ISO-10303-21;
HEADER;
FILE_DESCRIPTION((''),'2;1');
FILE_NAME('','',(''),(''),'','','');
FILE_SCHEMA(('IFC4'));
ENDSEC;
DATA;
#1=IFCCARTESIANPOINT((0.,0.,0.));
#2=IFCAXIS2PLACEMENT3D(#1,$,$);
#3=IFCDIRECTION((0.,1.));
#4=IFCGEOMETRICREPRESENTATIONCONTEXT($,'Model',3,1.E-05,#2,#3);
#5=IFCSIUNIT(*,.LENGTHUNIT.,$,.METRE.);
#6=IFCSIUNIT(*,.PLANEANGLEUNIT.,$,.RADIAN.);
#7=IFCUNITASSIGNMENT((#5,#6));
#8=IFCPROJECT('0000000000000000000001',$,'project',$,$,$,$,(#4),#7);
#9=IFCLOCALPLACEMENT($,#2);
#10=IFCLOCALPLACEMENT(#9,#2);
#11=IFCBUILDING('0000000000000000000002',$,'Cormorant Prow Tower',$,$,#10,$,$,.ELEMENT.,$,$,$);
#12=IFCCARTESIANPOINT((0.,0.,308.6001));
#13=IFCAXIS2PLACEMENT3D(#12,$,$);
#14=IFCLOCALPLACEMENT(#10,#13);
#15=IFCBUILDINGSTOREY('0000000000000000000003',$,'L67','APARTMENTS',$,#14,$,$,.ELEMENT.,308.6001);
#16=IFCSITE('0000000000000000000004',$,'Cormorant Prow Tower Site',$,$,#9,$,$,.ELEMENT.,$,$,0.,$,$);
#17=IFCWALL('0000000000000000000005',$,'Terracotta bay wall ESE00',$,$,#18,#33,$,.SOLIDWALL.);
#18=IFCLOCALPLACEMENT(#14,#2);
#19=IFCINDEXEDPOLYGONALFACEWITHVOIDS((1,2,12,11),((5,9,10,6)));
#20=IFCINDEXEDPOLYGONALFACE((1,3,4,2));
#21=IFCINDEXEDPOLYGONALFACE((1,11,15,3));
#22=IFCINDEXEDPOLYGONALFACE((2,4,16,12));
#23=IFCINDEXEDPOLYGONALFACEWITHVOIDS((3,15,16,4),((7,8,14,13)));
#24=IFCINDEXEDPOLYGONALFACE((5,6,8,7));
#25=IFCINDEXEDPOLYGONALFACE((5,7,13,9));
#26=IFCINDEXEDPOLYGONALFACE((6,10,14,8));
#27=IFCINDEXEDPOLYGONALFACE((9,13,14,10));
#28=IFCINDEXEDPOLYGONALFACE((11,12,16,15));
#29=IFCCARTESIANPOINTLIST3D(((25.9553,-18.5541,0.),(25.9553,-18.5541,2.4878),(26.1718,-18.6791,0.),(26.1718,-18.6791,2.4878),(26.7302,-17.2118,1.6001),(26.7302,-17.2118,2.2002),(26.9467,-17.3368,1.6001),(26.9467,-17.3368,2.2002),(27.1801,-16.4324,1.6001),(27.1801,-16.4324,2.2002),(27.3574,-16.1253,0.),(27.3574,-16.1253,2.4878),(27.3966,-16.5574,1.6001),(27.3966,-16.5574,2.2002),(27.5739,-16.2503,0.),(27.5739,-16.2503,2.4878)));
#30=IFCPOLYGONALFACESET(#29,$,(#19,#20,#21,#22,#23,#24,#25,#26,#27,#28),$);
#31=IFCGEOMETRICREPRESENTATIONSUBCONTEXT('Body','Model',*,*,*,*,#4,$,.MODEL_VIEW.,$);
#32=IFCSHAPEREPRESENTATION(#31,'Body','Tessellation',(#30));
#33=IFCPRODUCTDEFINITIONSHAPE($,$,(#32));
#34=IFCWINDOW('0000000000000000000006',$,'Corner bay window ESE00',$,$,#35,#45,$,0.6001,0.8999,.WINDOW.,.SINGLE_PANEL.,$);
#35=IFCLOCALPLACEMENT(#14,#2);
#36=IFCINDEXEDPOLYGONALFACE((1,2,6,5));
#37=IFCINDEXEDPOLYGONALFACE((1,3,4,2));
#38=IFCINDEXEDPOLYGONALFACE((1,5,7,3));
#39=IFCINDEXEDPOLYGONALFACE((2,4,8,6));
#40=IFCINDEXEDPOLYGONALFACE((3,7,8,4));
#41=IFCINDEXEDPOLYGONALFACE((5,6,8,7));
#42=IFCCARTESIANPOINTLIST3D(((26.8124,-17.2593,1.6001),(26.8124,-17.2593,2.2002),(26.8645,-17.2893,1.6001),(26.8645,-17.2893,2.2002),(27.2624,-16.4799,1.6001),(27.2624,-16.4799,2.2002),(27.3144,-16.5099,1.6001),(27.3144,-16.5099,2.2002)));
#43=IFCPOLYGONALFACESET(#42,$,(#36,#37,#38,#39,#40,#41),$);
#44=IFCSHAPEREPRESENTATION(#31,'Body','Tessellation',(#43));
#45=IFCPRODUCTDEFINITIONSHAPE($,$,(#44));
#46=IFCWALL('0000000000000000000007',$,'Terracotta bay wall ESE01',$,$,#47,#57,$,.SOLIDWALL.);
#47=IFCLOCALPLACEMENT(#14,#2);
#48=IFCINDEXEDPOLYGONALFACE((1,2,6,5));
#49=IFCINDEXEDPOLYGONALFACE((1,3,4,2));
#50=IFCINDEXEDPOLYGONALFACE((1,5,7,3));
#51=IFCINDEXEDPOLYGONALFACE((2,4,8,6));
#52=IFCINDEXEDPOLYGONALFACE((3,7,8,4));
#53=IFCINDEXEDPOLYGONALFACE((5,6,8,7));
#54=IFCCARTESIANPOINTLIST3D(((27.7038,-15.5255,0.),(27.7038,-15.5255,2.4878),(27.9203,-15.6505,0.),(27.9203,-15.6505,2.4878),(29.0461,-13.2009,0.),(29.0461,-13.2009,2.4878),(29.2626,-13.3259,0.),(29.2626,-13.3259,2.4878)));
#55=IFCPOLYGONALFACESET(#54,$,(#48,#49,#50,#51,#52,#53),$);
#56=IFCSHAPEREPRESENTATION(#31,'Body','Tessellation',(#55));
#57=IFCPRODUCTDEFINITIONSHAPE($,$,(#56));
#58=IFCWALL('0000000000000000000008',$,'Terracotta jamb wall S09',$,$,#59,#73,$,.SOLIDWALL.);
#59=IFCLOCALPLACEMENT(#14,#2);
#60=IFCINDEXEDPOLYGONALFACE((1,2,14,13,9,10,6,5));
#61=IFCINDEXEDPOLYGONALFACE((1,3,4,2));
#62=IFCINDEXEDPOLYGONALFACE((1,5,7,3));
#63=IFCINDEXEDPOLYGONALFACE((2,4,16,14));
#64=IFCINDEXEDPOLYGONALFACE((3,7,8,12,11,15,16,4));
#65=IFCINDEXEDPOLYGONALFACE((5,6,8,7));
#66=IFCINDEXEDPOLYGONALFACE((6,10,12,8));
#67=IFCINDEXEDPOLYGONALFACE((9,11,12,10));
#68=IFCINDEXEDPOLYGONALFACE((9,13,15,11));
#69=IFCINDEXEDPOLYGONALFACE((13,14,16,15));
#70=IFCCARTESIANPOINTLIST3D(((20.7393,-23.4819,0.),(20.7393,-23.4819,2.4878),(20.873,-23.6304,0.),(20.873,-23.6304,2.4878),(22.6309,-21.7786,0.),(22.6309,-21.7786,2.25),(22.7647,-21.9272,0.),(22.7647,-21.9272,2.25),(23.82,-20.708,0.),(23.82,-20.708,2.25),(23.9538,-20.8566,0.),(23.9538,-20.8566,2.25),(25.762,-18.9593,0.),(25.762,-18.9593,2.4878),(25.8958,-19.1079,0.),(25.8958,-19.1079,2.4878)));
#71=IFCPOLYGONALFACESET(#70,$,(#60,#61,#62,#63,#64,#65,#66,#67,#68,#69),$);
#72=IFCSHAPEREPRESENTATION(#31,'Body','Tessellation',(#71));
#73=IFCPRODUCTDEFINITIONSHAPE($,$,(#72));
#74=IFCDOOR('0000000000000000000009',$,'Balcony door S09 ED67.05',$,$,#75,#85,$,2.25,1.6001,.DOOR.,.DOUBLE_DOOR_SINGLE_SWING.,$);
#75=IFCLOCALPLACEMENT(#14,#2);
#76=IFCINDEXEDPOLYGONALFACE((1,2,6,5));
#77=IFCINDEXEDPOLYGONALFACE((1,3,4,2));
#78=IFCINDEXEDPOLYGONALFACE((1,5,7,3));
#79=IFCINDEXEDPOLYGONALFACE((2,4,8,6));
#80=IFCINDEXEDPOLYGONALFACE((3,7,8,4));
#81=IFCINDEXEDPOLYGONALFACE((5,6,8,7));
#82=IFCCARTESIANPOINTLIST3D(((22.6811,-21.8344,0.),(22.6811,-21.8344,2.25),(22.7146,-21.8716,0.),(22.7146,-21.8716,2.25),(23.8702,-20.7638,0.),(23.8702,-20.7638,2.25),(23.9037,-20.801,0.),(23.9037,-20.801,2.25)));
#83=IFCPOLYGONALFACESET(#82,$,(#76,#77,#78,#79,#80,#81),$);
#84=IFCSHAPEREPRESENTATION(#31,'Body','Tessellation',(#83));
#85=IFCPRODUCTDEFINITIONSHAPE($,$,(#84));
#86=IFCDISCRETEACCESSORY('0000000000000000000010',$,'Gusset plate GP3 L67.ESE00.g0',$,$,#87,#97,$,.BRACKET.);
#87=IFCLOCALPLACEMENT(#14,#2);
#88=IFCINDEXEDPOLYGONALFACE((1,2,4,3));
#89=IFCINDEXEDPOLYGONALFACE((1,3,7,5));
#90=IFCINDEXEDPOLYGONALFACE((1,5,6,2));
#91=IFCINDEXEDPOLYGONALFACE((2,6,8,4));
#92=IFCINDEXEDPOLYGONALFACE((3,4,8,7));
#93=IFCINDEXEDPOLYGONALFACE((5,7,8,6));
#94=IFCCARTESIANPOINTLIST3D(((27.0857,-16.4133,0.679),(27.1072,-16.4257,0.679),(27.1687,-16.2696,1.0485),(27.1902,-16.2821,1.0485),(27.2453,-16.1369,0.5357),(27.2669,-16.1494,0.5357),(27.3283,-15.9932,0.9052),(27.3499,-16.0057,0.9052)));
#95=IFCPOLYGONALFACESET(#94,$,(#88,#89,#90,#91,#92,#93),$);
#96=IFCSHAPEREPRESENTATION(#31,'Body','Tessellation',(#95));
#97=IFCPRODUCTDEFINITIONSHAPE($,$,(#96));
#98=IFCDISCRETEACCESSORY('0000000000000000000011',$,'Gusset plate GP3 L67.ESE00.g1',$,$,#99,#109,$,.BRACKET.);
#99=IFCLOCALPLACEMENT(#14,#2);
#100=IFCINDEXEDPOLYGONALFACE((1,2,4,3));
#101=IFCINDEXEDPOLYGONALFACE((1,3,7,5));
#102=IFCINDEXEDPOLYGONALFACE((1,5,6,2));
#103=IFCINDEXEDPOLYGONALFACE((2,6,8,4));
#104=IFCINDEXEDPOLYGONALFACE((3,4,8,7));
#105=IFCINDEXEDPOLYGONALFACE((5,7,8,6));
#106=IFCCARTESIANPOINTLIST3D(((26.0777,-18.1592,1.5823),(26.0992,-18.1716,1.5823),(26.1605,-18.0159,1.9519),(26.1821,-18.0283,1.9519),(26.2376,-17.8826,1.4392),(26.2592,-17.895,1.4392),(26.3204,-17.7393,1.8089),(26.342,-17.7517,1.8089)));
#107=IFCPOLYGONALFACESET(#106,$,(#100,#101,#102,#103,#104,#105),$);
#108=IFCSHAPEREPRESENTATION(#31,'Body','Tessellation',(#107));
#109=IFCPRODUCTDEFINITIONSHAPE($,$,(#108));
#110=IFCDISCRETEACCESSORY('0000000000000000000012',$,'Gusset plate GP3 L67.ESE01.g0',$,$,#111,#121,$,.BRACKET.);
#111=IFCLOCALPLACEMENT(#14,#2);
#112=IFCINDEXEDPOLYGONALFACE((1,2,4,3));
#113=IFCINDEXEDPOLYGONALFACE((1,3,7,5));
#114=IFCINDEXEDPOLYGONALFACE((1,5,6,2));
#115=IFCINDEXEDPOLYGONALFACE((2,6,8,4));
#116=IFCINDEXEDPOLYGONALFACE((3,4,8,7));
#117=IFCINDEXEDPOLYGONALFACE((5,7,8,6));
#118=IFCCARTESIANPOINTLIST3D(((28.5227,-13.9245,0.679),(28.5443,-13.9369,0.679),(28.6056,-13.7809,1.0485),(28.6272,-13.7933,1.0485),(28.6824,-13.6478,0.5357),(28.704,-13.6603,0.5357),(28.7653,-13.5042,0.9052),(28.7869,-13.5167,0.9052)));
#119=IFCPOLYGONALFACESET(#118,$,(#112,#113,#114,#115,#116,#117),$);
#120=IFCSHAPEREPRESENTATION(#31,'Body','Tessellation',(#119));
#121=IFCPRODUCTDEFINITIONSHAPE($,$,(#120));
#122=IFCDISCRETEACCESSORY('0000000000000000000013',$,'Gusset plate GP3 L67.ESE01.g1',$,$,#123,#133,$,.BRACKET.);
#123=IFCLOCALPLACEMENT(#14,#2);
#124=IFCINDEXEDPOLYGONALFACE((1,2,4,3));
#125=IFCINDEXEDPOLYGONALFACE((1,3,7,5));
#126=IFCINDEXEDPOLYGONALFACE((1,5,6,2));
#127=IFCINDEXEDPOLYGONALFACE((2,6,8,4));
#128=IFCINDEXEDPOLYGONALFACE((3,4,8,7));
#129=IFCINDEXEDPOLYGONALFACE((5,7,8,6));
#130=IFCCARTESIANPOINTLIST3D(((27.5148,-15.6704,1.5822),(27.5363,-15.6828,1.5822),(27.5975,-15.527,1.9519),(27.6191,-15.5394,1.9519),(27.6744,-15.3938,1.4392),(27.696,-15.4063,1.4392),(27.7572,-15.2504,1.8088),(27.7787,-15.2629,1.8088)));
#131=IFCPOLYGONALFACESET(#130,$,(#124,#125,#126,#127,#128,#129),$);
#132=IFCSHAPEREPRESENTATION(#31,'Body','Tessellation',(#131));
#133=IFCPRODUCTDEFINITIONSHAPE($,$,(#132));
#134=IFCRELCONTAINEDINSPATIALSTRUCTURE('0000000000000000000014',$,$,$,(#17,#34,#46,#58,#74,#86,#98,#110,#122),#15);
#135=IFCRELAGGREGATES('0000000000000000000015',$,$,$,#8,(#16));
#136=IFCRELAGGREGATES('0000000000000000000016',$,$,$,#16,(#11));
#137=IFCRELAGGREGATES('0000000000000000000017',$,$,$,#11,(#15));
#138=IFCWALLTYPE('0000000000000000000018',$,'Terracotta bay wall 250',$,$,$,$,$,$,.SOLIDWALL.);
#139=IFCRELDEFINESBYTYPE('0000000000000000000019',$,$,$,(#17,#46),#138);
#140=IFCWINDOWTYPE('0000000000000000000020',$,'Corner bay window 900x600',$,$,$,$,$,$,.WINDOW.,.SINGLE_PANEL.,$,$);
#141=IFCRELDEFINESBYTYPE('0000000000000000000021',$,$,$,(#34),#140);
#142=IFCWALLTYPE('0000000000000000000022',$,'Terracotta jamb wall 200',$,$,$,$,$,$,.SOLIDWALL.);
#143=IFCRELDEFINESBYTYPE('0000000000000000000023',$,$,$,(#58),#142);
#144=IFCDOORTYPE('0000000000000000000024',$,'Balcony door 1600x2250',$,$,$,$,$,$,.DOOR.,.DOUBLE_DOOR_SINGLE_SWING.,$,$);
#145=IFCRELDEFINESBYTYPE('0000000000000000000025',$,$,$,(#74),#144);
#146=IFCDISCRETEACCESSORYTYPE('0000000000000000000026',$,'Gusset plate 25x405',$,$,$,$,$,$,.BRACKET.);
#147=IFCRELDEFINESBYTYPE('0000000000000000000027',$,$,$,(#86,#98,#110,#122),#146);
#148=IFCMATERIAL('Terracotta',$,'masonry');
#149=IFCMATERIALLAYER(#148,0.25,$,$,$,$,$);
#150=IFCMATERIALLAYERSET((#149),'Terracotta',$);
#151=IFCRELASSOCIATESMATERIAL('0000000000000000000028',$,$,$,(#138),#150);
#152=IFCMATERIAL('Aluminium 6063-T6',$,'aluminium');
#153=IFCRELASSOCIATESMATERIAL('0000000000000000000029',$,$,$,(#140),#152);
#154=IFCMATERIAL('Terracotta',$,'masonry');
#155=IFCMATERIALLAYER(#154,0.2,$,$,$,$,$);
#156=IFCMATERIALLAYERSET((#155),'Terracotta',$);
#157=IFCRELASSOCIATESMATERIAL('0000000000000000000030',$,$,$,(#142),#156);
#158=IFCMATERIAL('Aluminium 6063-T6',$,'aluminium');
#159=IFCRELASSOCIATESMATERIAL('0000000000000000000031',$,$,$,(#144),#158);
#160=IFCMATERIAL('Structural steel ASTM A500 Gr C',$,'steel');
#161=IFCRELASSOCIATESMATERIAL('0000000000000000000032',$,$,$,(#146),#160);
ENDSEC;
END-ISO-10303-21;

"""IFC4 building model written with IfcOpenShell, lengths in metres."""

from ifc_helpers import new_model, si_unit, direction, frame, frame_2d, origin, origin_2d, place, context, subcontext, project, spatial, rectangle, extrude, material, layer, layer_set, material_profile, profile_set, type_object, element, fill, save


model = new_model("IFC4")

# Units and contexts
model_context = context("Model", 3, precision=1e-05, world=origin(), true_north=direction((0.0, 1.0)))
body_context = subcontext(model_context, "Body", "Model", "MODEL_VIEW")
ifc_project = project(units=[si_unit("LENGTHUNIT", "METRE"), si_unit("PLANEANGLEUNIT", "RADIAN")], contexts=[model_context])

# Site, building, storey
site_placement = place(None, origin())
site = spatial("IfcSite", under=ifc_project, at=site_placement, Name="Cormorant Prow Tower Site", CompositionType="ELEMENT", RefElevation=0.0)
building_placement = place(site_placement, origin())
building = spatial("IfcBuilding", under=site, at=building_placement, Name="Cormorant Prow Tower", CompositionType="ELEMENT")
storey_placement = place(building_placement, frame((0.0, 0.0, 308.6001)))
storey = spatial("IfcBuildingStorey", under=building, at=storey_placement, Name="L67", Description="APARTMENTS", CompositionType="ELEMENT", Elevation=308.6001)

# Wall, opening, window
ifc_material_1 = material(Name="Terracotta", Category="masonry")
ifc_layer_1 = layer(ifc_material_1, 0.25)
ifc_layer_set_1 = layer_set([ifc_layer_1], Name="Terracotta")
wall_type_1 = type_object("IfcWallType", Name="Terracotta bay wall 250", PredefinedType="SOLIDWALL", material=ifc_layer_set_1)
wall_1_placement = place(storey_placement, frame((26.0635, -18.6167, 0.0), z_axis=(0.0, 0.0, 1.0), x_axis=(0.499969, 0.866044, 0.0)))
wall_1 = element("IfcWall", 1, at=wall_1_placement, inside=storey, type_object=wall_type_1, Name="Terracotta bay wall ESE00", PredefinedType="SOLIDWALL", context=body_context, shape_type="SweptSolid", body=[
    extrude(rectangle(XDim=2.8044, YDim=0.25, at=frame_2d((1.4023, 0.0))), origin(), (0.0, 0.0, 1.0), 2.4878),
])
opening_1_placement = place(wall_1_placement, frame((1.55, 0.0, 1.6001)))
opening_1 = element("IfcOpeningElement", 2, at=opening_1_placement, cuts=wall_1, PredefinedType="OPENING", context=body_context, shape_type="SweptSolid", body=[
    extrude(rectangle(XDim=0.8999, YDim=0.6001, at=frame_2d((0.45, 0.3))), frame((0.0, 0.135, 0.0), z_axis=(0.0, -1.0, 0.0), x_axis=(1.0, 0.0, 0.0)), (0.0, 0.0, 1.0), 0.27),
])
ifc_material_2 = material(Name="Aluminium 6063-T6", Category="aluminium")
window_type = type_object("IfcWindowType", Name="Corner bay window 900x600", PartitioningType="SINGLE_PANEL", PredefinedType="WINDOW", material=ifc_material_2)
window_placement = place(opening_1_placement, origin())
window = element("IfcWindow", 3, at=window_placement, inside=storey, type_object=window_type, Name="Corner bay window ESE00", OverallHeight=0.6001, OverallWidth=0.8999, PartitioningType="SINGLE_PANEL", PredefinedType="WINDOW", context=body_context, shape_type="SweptSolid", body=[
    extrude(rectangle(XDim=0.8999, YDim=0.6001, at=frame_2d((0.45, 0.3))), frame((0.0, 0.03, 0.0), z_axis=(0.0, -1.0, 0.0), x_axis=(1.0, 0.0, 0.0)), (0.0, 0.0, 1.0), 0.0601),
])
fill(opening_1, window)

# Wall
wall_2_placement = place(storey_placement, frame((27.812, -15.5881, 0.0), z_axis=(0.0, 0.0, 1.0), x_axis=(0.500032, 0.866007, 0.0)))
element("IfcWall", 4, at=wall_2_placement, inside=storey, type_object=wall_type_1, Name="Terracotta bay wall ESE01", PredefinedType="SOLIDWALL", context=body_context, shape_type="SweptSolid", body=[
    extrude(rectangle(XDim=2.6843, YDim=0.25, at=frame_2d((1.3423, 0.0))), origin(), (0.0, 0.0, 1.0), 2.4878),
])

# Wall, opening, door
ifc_material_3 = material(Name="Terracotta", Category="masonry")
ifc_layer_2 = layer(ifc_material_3, 0.2)
ifc_layer_set_2 = layer_set([ifc_layer_2], Name="Terracotta")
wall_type_2 = type_object("IfcWallType", Name="Terracotta jamb wall 200", PredefinedType="SOLIDWALL", material=ifc_layer_set_2)
wall_3_placement = place(storey_placement, frame((20.8062, -23.5562, 0.0), z_axis=(0.0, 0.0, 1.0), x_axis=(0.743145, 0.66913, 0.0)))
wall_3 = element("IfcWall", 5, at=wall_3_placement, inside=storey, type_object=wall_type_2, Name="Terracotta jamb wall S09", PredefinedType="SOLIDWALL", context=body_context, shape_type="SweptSolid", body=[
    extrude(rectangle(XDim=6.7588, YDim=0.2, at=frame_2d((3.3794, 0.0))), origin(), (0.0, 0.0, 1.0), 2.4878),
])
opening_2_placement = place(wall_3_placement, frame((2.5454, 0.0, 0.0)))
opening_2 = element("IfcOpeningElement", 6, at=opening_2_placement, cuts=wall_3, PredefinedType="OPENING", context=body_context, shape_type="SweptSolid", body=[
    extrude(rectangle(XDim=1.6001, YDim=2.25, at=frame_2d((0.8, 1.125))), frame((0.0, 0.1099, 0.0), z_axis=(0.0, -1.0, 0.0), x_axis=(1.0, 0.0, 0.0)), (0.0, 0.0, 1.0), 0.22),
])
ifc_material_4 = material(Name="Aluminium 6063-T6", Category="aluminium")
door_type_1 = type_object("IfcDoorType", Name="Balcony door 1600x2250", OperationType="DOUBLE_DOOR_SINGLE_SWING", PredefinedType="DOOR", material=ifc_material_4)
door_1_placement = place(opening_2_placement, origin())
door_1 = element("IfcDoor", 7, at=door_1_placement, inside=storey, type_object=door_type_1, Name="Balcony door S09 ED67.05", OperationType="DOUBLE_DOOR_SINGLE_SWING", OverallHeight=2.25, OverallWidth=1.6001, PredefinedType="DOOR", context=body_context, shape_type="SweptSolid", body=[
    extrude(rectangle(XDim=1.6001, YDim=2.25, at=frame_2d((0.8, 1.125))), frame((0.0, 0.0249, 0.0), z_axis=(0.0, -1.0, 0.0), x_axis=(1.0, 0.0, 0.0)), (0.0, 0.0, 1.0), 0.05),
])
fill(opening_2, door_1)

# Discrete accessories
ifc_material_5 = material(Name="Structural steel ASTM A500 Gr C", Category="steel")
ifc_material_profile_1 = material_profile(ifc_material_5, rectangle(XDim=0.0249, YDim=0.405, at=origin_2d()), Name="Gusset plate 25x405")
ifc_profile_set_1 = profile_set([ifc_material_profile_1], Name="Structural steel ASTM A500 Gr C")
discrete_accessory_type = type_object("IfcDiscreteAccessoryType", Name="Gusset plate 25x405", PredefinedType="BRACKET", material=ifc_profile_set_1)
discrete_accessory_1_placement = place(storey_placement, frame((27.1379, -16.3477, 0.8638), z_axis=(0.456361, 0.789909, -0.409608), x_axis=(-0.86588, 0.500252, 0.0)))
element("IfcDiscreteAccessory", 8, at=discrete_accessory_1_placement, inside=storey, type_object=discrete_accessory_type, Name="Gusset plate GP3 L67.ESE00.g0", PredefinedType="BRACKET", context=body_context, shape_type="SweptSolid", body=[
    extrude(rectangle(XDim=0.0249, YDim=0.405, at=origin_2d()), origin(), (0.0, 0.0, 1.0), 0.3499),
])
for number, where, z_axis, x_axis, name in (
    (9, (26.2898, -17.8171, 1.624), (-0.456792, -0.790145, 0.408672), (0.86574, -0.500494, 0.0), "Gusset plate GP3 L67.ESE00.g1"),
    (10, (28.575, -13.8589, 0.8638), (0.456109, 0.790171, -0.409383), (-0.866071, 0.499921, 0.0), "Gusset plate GP3 L67.ESE01.g0"),
):
    element("IfcDiscreteAccessory", number, at=place(storey_placement, frame(where, z_axis=z_axis, x_axis=x_axis)), inside=storey, type_object=discrete_accessory_type, Name=name, PredefinedType="BRACKET", context=body_context, shape_type="SweptSolid", body=[
        extrude(rectangle(XDim=0.0249, YDim=0.405, at=origin_2d()), origin(), (0.0, 0.0, 1.0), 0.3501),
    ])
discrete_accessory_2_placement = place(storey_placement, frame((27.7266, -15.3284, 1.624), z_axis=(-0.456239, -0.790397, 0.408802), x_axis=(0.866071, -0.499921, 0.0)))
element("IfcDiscreteAccessory", 11, at=discrete_accessory_2_placement, inside=storey, type_object=discrete_accessory_type, Name="Gusset plate GP3 L67.ESE01.g1", PredefinedType="BRACKET", context=body_context, shape_type="SweptSolid", body=[
    extrude(rectangle(XDim=0.0249, YDim=0.405, at=origin_2d()), origin(), (0.0, 0.0, 1.0), 0.3499),
])

save(model, "model.ifc")
